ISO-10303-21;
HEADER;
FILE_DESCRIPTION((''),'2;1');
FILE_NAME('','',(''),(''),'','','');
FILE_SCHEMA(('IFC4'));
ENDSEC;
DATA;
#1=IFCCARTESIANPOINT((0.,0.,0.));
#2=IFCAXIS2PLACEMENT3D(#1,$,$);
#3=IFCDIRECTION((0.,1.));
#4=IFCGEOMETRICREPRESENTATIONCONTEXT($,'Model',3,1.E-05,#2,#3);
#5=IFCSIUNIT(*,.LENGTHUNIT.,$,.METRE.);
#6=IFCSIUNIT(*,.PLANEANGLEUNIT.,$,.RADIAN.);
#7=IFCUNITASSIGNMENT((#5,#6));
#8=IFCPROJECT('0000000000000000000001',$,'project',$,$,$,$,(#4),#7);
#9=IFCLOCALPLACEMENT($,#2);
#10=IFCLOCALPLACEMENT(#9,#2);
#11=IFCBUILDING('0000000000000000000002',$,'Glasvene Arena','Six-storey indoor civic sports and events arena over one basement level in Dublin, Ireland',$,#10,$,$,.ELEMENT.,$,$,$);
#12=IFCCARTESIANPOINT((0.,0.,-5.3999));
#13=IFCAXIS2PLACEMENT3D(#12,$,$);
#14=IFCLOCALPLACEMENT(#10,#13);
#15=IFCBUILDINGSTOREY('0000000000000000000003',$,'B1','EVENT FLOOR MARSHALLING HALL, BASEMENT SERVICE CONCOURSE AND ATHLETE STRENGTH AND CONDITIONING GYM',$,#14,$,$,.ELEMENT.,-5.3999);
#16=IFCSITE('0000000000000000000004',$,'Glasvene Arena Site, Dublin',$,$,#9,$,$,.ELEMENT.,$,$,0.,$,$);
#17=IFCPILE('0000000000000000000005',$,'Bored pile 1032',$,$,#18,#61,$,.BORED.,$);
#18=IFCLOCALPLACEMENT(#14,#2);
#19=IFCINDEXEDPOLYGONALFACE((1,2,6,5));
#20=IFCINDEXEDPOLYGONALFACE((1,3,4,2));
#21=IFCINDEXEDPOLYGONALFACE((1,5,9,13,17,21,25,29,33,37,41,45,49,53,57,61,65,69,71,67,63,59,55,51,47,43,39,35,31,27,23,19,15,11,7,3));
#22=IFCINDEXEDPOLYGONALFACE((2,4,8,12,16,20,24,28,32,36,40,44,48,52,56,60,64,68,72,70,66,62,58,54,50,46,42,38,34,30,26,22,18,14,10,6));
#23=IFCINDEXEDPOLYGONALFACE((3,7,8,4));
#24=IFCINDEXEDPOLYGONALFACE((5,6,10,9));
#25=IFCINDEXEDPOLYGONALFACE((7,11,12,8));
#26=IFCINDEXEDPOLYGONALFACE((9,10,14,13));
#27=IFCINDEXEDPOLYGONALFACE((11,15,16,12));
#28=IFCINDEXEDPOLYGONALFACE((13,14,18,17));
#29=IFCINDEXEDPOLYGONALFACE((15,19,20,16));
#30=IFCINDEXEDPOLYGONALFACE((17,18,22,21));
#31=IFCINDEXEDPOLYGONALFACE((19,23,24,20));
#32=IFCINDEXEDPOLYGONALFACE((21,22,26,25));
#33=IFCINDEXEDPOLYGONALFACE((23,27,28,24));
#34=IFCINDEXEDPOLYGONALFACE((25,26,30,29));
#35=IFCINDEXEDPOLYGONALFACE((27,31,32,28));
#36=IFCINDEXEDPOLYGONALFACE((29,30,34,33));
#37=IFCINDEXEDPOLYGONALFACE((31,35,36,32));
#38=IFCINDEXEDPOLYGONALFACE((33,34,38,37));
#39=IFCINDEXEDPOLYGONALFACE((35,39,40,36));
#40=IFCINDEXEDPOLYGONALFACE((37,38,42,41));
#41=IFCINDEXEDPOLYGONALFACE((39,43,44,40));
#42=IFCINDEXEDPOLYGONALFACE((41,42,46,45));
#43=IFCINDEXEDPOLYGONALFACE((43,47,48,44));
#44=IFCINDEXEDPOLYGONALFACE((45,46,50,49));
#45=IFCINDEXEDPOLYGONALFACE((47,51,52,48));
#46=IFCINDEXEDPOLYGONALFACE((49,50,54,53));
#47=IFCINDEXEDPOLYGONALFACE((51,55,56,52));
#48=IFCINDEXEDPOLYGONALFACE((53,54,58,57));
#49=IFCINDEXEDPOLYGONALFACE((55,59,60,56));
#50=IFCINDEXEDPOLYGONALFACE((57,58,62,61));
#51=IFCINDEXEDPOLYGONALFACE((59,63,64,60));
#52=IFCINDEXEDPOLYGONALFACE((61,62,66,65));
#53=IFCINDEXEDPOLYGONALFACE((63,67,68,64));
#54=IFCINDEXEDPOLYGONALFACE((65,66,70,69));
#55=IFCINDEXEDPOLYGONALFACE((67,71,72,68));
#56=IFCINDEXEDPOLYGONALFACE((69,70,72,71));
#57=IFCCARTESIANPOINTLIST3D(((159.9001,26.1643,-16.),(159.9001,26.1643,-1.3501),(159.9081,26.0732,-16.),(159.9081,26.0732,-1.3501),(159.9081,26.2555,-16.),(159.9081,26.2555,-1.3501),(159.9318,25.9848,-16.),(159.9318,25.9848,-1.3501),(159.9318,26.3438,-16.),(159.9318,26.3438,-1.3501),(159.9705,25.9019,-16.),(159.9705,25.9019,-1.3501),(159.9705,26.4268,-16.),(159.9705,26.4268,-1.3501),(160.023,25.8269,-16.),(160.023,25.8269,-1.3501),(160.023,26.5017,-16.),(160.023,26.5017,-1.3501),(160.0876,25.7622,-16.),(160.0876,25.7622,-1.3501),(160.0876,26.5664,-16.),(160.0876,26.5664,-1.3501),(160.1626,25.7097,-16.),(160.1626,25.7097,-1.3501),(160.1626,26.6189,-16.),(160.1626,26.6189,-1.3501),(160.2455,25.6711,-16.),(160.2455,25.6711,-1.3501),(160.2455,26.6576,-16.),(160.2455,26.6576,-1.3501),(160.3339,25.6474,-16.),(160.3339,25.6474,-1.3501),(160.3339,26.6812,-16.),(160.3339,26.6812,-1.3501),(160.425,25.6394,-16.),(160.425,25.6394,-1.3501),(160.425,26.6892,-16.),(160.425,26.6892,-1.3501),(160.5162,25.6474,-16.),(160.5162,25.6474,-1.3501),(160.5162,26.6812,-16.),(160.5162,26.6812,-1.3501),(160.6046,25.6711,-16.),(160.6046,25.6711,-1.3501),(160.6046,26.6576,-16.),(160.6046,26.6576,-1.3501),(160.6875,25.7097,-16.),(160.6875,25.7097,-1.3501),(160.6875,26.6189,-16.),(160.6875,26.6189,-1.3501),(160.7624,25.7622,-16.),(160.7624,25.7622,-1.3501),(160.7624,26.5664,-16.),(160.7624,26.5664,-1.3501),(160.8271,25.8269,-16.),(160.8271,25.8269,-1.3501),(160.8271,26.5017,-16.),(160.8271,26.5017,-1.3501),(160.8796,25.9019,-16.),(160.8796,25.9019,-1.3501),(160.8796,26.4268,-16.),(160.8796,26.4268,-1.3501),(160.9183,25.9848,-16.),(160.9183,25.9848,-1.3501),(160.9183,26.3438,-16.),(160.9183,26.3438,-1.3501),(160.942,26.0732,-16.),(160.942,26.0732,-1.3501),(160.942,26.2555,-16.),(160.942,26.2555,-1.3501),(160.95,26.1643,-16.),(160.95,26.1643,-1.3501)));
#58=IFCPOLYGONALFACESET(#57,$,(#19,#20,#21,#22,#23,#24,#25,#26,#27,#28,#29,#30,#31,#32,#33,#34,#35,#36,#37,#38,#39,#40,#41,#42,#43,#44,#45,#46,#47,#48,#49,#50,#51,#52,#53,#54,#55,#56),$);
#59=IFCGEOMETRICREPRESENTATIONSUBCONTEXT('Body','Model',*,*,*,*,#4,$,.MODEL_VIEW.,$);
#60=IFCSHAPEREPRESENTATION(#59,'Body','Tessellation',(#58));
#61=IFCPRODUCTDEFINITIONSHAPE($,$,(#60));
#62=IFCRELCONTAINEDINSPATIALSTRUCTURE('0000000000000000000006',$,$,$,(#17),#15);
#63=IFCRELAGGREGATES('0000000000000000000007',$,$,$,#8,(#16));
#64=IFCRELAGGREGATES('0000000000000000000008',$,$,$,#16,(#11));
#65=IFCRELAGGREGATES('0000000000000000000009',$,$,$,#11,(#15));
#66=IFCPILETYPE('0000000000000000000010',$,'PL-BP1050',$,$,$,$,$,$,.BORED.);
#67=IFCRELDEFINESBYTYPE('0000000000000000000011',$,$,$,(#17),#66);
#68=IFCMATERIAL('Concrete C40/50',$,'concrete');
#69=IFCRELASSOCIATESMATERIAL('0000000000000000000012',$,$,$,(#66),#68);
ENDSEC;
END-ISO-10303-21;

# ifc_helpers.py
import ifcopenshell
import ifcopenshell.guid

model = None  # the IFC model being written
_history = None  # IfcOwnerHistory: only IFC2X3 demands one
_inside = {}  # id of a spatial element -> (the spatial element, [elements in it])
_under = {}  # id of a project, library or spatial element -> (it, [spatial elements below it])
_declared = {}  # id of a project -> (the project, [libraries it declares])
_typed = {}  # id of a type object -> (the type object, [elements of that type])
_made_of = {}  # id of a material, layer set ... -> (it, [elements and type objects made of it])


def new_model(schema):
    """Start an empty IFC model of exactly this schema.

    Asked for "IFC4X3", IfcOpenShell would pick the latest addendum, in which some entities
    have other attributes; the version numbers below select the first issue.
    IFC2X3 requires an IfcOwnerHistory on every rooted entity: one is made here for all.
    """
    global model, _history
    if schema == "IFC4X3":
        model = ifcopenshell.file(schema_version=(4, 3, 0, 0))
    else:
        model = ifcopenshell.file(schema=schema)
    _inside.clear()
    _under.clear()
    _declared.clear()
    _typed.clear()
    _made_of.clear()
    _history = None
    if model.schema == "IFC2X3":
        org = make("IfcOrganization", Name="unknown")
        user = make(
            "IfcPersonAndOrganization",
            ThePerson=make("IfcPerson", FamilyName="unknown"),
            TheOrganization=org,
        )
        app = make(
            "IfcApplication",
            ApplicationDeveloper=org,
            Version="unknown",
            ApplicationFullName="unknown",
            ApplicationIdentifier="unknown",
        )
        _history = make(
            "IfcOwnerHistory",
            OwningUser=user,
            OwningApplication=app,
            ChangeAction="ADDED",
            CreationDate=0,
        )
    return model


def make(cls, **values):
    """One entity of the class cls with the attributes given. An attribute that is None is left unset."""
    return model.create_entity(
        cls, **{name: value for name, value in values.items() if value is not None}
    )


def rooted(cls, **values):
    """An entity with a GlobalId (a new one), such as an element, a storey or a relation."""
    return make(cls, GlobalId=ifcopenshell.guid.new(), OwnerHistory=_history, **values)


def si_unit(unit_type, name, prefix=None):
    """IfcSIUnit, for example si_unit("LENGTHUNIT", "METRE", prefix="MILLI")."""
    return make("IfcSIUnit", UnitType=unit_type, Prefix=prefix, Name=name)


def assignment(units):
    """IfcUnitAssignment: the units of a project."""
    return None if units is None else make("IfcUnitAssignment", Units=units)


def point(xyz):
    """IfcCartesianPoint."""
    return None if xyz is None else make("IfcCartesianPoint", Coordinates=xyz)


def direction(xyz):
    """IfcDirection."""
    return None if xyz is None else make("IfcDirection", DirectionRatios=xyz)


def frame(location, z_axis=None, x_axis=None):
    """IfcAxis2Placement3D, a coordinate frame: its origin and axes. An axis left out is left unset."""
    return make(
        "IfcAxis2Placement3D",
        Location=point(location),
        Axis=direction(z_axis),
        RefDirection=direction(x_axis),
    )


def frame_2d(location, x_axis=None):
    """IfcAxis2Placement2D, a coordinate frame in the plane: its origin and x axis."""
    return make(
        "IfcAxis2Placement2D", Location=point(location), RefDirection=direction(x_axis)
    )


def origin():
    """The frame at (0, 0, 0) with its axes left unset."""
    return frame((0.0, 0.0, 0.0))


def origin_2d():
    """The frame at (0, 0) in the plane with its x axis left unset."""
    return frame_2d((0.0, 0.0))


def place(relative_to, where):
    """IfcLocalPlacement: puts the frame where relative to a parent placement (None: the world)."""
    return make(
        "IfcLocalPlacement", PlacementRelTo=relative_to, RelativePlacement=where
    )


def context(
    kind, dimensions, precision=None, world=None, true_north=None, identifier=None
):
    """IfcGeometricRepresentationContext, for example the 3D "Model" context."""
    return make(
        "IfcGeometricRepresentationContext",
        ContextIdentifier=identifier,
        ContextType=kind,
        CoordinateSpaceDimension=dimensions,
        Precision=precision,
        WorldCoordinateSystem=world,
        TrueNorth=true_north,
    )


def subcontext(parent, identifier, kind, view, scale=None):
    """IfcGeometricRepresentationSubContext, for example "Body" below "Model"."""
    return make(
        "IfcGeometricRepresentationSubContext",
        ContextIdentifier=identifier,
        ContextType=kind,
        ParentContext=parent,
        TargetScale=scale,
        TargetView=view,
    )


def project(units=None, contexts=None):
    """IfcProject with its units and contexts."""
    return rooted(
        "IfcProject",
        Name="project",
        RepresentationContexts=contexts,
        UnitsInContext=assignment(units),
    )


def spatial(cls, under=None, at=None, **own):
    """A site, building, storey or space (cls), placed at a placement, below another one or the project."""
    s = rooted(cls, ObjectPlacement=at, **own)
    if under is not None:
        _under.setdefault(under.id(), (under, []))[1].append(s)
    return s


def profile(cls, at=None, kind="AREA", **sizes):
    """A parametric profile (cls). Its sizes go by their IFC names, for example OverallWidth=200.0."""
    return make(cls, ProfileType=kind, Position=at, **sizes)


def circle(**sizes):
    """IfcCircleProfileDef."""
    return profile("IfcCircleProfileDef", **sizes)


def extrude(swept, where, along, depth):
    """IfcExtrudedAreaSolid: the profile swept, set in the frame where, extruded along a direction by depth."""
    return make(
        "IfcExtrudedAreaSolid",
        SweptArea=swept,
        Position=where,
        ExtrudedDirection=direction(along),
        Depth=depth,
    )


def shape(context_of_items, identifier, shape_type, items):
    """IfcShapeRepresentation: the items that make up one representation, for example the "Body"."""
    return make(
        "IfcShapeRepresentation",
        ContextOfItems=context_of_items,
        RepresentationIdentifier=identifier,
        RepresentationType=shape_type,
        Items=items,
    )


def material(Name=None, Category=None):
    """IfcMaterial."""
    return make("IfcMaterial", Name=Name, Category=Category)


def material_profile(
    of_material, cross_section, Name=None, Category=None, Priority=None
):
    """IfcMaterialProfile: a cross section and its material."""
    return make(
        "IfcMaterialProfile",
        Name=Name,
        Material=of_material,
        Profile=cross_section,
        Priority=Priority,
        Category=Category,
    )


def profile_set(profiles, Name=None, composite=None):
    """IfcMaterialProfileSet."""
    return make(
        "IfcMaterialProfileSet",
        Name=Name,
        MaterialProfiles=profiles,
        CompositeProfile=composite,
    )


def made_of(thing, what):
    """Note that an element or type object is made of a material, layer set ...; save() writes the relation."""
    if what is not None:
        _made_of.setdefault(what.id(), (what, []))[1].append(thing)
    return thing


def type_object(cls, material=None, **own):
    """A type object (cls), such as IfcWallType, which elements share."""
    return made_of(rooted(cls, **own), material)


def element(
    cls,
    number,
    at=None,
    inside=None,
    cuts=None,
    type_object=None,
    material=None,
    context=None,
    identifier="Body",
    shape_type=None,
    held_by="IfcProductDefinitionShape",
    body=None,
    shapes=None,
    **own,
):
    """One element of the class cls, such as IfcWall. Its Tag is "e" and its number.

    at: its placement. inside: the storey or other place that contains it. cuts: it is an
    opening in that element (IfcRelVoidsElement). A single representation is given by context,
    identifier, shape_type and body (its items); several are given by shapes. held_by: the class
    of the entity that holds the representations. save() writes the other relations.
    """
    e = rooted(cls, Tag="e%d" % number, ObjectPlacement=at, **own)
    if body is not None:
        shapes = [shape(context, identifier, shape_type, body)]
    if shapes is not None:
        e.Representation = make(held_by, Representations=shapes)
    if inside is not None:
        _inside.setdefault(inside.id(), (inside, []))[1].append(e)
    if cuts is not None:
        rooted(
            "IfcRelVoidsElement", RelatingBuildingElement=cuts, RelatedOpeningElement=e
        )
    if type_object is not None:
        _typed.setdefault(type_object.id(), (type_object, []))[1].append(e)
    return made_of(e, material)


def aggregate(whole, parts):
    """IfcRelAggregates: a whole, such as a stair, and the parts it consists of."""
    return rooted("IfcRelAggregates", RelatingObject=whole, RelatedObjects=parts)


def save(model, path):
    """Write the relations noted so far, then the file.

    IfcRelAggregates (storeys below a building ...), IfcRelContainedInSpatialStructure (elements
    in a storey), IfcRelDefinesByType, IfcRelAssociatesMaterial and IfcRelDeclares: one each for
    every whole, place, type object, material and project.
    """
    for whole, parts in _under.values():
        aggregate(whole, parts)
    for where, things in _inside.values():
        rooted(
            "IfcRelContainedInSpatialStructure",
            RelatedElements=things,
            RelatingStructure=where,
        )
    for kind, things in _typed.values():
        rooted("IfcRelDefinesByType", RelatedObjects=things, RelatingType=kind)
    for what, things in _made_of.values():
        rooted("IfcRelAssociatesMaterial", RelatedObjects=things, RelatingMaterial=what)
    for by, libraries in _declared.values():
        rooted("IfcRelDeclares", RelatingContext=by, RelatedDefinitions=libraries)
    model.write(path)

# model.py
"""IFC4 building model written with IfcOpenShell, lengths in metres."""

from ifc_helpers import new_model, si_unit, direction, frame, origin, origin_2d, place, context, subcontext, project, spatial, circle, extrude, material, material_profile, profile_set, type_object, element, save


model = new_model("IFC4")

# Units and contexts
model_context = context("Model", 3, precision=1e-05, world=origin(), true_north=direction((0.0, 1.0)))
body_context = subcontext(model_context, "Body", "Model", "MODEL_VIEW")
ifc_project = project(units=[si_unit("LENGTHUNIT", "METRE"), si_unit("PLANEANGLEUNIT", "RADIAN")], contexts=[model_context])

# Site, building, storey
site_placement = place(None, origin())
site = spatial("IfcSite", under=ifc_project, at=site_placement, Name="Glasvene Arena Site, Dublin", CompositionType="ELEMENT", RefElevation=0.0)
building_placement = place(site_placement, origin())
building = spatial("IfcBuilding", under=site, at=building_placement, Name="Glasvene Arena", Description="Six-storey indoor civic sports and events arena over one basement level in Dublin, Ireland", CompositionType="ELEMENT")
storey_placement = place(building_placement, frame((0.0, 0.0, -5.3999)))
storey = spatial("IfcBuildingStorey", under=building, at=storey_placement, Name="B1", Description="EVENT FLOOR MARSHALLING HALL, BASEMENT SERVICE CONCOURSE AND ATHLETE STRENGTH AND CONDITIONING GYM", CompositionType="ELEMENT", Elevation=-5.3999)

# Pile
ifc_material = material(Name="Concrete C40/50", Category="concrete")
ifc_material_profile = material_profile(ifc_material, circle(Radius=0.5249, at=origin_2d()), Name="BORED PILE 1050")
ifc_profile_set = profile_set([ifc_material_profile], Name="Concrete C40/50")
pile_type = type_object("IfcPileType", Name="PL-BP1050", PredefinedType="BORED", material=ifc_profile_set)
for number, where, z_axis, x_axis, name in (
    (1, (160.425, 26.1643, -1.3501), (0.0, 0.0, -1.0), (1.0, 0.0, 0.0), "Bored pile 1032"),
):
    element("IfcPile", number, at=place(storey_placement, frame(where, z_axis=z_axis, x_axis=x_axis)), inside=storey, type_object=pile_type, Name=name, PredefinedType="BORED", context=body_context, shape_type="SweptSolid", body=[
        extrude(circle(Radius=0.5249, at=origin_2d()), origin(), (0.0, 0.0, 1.0), 14.6499),
    ])

save(model, "model.ifc")
